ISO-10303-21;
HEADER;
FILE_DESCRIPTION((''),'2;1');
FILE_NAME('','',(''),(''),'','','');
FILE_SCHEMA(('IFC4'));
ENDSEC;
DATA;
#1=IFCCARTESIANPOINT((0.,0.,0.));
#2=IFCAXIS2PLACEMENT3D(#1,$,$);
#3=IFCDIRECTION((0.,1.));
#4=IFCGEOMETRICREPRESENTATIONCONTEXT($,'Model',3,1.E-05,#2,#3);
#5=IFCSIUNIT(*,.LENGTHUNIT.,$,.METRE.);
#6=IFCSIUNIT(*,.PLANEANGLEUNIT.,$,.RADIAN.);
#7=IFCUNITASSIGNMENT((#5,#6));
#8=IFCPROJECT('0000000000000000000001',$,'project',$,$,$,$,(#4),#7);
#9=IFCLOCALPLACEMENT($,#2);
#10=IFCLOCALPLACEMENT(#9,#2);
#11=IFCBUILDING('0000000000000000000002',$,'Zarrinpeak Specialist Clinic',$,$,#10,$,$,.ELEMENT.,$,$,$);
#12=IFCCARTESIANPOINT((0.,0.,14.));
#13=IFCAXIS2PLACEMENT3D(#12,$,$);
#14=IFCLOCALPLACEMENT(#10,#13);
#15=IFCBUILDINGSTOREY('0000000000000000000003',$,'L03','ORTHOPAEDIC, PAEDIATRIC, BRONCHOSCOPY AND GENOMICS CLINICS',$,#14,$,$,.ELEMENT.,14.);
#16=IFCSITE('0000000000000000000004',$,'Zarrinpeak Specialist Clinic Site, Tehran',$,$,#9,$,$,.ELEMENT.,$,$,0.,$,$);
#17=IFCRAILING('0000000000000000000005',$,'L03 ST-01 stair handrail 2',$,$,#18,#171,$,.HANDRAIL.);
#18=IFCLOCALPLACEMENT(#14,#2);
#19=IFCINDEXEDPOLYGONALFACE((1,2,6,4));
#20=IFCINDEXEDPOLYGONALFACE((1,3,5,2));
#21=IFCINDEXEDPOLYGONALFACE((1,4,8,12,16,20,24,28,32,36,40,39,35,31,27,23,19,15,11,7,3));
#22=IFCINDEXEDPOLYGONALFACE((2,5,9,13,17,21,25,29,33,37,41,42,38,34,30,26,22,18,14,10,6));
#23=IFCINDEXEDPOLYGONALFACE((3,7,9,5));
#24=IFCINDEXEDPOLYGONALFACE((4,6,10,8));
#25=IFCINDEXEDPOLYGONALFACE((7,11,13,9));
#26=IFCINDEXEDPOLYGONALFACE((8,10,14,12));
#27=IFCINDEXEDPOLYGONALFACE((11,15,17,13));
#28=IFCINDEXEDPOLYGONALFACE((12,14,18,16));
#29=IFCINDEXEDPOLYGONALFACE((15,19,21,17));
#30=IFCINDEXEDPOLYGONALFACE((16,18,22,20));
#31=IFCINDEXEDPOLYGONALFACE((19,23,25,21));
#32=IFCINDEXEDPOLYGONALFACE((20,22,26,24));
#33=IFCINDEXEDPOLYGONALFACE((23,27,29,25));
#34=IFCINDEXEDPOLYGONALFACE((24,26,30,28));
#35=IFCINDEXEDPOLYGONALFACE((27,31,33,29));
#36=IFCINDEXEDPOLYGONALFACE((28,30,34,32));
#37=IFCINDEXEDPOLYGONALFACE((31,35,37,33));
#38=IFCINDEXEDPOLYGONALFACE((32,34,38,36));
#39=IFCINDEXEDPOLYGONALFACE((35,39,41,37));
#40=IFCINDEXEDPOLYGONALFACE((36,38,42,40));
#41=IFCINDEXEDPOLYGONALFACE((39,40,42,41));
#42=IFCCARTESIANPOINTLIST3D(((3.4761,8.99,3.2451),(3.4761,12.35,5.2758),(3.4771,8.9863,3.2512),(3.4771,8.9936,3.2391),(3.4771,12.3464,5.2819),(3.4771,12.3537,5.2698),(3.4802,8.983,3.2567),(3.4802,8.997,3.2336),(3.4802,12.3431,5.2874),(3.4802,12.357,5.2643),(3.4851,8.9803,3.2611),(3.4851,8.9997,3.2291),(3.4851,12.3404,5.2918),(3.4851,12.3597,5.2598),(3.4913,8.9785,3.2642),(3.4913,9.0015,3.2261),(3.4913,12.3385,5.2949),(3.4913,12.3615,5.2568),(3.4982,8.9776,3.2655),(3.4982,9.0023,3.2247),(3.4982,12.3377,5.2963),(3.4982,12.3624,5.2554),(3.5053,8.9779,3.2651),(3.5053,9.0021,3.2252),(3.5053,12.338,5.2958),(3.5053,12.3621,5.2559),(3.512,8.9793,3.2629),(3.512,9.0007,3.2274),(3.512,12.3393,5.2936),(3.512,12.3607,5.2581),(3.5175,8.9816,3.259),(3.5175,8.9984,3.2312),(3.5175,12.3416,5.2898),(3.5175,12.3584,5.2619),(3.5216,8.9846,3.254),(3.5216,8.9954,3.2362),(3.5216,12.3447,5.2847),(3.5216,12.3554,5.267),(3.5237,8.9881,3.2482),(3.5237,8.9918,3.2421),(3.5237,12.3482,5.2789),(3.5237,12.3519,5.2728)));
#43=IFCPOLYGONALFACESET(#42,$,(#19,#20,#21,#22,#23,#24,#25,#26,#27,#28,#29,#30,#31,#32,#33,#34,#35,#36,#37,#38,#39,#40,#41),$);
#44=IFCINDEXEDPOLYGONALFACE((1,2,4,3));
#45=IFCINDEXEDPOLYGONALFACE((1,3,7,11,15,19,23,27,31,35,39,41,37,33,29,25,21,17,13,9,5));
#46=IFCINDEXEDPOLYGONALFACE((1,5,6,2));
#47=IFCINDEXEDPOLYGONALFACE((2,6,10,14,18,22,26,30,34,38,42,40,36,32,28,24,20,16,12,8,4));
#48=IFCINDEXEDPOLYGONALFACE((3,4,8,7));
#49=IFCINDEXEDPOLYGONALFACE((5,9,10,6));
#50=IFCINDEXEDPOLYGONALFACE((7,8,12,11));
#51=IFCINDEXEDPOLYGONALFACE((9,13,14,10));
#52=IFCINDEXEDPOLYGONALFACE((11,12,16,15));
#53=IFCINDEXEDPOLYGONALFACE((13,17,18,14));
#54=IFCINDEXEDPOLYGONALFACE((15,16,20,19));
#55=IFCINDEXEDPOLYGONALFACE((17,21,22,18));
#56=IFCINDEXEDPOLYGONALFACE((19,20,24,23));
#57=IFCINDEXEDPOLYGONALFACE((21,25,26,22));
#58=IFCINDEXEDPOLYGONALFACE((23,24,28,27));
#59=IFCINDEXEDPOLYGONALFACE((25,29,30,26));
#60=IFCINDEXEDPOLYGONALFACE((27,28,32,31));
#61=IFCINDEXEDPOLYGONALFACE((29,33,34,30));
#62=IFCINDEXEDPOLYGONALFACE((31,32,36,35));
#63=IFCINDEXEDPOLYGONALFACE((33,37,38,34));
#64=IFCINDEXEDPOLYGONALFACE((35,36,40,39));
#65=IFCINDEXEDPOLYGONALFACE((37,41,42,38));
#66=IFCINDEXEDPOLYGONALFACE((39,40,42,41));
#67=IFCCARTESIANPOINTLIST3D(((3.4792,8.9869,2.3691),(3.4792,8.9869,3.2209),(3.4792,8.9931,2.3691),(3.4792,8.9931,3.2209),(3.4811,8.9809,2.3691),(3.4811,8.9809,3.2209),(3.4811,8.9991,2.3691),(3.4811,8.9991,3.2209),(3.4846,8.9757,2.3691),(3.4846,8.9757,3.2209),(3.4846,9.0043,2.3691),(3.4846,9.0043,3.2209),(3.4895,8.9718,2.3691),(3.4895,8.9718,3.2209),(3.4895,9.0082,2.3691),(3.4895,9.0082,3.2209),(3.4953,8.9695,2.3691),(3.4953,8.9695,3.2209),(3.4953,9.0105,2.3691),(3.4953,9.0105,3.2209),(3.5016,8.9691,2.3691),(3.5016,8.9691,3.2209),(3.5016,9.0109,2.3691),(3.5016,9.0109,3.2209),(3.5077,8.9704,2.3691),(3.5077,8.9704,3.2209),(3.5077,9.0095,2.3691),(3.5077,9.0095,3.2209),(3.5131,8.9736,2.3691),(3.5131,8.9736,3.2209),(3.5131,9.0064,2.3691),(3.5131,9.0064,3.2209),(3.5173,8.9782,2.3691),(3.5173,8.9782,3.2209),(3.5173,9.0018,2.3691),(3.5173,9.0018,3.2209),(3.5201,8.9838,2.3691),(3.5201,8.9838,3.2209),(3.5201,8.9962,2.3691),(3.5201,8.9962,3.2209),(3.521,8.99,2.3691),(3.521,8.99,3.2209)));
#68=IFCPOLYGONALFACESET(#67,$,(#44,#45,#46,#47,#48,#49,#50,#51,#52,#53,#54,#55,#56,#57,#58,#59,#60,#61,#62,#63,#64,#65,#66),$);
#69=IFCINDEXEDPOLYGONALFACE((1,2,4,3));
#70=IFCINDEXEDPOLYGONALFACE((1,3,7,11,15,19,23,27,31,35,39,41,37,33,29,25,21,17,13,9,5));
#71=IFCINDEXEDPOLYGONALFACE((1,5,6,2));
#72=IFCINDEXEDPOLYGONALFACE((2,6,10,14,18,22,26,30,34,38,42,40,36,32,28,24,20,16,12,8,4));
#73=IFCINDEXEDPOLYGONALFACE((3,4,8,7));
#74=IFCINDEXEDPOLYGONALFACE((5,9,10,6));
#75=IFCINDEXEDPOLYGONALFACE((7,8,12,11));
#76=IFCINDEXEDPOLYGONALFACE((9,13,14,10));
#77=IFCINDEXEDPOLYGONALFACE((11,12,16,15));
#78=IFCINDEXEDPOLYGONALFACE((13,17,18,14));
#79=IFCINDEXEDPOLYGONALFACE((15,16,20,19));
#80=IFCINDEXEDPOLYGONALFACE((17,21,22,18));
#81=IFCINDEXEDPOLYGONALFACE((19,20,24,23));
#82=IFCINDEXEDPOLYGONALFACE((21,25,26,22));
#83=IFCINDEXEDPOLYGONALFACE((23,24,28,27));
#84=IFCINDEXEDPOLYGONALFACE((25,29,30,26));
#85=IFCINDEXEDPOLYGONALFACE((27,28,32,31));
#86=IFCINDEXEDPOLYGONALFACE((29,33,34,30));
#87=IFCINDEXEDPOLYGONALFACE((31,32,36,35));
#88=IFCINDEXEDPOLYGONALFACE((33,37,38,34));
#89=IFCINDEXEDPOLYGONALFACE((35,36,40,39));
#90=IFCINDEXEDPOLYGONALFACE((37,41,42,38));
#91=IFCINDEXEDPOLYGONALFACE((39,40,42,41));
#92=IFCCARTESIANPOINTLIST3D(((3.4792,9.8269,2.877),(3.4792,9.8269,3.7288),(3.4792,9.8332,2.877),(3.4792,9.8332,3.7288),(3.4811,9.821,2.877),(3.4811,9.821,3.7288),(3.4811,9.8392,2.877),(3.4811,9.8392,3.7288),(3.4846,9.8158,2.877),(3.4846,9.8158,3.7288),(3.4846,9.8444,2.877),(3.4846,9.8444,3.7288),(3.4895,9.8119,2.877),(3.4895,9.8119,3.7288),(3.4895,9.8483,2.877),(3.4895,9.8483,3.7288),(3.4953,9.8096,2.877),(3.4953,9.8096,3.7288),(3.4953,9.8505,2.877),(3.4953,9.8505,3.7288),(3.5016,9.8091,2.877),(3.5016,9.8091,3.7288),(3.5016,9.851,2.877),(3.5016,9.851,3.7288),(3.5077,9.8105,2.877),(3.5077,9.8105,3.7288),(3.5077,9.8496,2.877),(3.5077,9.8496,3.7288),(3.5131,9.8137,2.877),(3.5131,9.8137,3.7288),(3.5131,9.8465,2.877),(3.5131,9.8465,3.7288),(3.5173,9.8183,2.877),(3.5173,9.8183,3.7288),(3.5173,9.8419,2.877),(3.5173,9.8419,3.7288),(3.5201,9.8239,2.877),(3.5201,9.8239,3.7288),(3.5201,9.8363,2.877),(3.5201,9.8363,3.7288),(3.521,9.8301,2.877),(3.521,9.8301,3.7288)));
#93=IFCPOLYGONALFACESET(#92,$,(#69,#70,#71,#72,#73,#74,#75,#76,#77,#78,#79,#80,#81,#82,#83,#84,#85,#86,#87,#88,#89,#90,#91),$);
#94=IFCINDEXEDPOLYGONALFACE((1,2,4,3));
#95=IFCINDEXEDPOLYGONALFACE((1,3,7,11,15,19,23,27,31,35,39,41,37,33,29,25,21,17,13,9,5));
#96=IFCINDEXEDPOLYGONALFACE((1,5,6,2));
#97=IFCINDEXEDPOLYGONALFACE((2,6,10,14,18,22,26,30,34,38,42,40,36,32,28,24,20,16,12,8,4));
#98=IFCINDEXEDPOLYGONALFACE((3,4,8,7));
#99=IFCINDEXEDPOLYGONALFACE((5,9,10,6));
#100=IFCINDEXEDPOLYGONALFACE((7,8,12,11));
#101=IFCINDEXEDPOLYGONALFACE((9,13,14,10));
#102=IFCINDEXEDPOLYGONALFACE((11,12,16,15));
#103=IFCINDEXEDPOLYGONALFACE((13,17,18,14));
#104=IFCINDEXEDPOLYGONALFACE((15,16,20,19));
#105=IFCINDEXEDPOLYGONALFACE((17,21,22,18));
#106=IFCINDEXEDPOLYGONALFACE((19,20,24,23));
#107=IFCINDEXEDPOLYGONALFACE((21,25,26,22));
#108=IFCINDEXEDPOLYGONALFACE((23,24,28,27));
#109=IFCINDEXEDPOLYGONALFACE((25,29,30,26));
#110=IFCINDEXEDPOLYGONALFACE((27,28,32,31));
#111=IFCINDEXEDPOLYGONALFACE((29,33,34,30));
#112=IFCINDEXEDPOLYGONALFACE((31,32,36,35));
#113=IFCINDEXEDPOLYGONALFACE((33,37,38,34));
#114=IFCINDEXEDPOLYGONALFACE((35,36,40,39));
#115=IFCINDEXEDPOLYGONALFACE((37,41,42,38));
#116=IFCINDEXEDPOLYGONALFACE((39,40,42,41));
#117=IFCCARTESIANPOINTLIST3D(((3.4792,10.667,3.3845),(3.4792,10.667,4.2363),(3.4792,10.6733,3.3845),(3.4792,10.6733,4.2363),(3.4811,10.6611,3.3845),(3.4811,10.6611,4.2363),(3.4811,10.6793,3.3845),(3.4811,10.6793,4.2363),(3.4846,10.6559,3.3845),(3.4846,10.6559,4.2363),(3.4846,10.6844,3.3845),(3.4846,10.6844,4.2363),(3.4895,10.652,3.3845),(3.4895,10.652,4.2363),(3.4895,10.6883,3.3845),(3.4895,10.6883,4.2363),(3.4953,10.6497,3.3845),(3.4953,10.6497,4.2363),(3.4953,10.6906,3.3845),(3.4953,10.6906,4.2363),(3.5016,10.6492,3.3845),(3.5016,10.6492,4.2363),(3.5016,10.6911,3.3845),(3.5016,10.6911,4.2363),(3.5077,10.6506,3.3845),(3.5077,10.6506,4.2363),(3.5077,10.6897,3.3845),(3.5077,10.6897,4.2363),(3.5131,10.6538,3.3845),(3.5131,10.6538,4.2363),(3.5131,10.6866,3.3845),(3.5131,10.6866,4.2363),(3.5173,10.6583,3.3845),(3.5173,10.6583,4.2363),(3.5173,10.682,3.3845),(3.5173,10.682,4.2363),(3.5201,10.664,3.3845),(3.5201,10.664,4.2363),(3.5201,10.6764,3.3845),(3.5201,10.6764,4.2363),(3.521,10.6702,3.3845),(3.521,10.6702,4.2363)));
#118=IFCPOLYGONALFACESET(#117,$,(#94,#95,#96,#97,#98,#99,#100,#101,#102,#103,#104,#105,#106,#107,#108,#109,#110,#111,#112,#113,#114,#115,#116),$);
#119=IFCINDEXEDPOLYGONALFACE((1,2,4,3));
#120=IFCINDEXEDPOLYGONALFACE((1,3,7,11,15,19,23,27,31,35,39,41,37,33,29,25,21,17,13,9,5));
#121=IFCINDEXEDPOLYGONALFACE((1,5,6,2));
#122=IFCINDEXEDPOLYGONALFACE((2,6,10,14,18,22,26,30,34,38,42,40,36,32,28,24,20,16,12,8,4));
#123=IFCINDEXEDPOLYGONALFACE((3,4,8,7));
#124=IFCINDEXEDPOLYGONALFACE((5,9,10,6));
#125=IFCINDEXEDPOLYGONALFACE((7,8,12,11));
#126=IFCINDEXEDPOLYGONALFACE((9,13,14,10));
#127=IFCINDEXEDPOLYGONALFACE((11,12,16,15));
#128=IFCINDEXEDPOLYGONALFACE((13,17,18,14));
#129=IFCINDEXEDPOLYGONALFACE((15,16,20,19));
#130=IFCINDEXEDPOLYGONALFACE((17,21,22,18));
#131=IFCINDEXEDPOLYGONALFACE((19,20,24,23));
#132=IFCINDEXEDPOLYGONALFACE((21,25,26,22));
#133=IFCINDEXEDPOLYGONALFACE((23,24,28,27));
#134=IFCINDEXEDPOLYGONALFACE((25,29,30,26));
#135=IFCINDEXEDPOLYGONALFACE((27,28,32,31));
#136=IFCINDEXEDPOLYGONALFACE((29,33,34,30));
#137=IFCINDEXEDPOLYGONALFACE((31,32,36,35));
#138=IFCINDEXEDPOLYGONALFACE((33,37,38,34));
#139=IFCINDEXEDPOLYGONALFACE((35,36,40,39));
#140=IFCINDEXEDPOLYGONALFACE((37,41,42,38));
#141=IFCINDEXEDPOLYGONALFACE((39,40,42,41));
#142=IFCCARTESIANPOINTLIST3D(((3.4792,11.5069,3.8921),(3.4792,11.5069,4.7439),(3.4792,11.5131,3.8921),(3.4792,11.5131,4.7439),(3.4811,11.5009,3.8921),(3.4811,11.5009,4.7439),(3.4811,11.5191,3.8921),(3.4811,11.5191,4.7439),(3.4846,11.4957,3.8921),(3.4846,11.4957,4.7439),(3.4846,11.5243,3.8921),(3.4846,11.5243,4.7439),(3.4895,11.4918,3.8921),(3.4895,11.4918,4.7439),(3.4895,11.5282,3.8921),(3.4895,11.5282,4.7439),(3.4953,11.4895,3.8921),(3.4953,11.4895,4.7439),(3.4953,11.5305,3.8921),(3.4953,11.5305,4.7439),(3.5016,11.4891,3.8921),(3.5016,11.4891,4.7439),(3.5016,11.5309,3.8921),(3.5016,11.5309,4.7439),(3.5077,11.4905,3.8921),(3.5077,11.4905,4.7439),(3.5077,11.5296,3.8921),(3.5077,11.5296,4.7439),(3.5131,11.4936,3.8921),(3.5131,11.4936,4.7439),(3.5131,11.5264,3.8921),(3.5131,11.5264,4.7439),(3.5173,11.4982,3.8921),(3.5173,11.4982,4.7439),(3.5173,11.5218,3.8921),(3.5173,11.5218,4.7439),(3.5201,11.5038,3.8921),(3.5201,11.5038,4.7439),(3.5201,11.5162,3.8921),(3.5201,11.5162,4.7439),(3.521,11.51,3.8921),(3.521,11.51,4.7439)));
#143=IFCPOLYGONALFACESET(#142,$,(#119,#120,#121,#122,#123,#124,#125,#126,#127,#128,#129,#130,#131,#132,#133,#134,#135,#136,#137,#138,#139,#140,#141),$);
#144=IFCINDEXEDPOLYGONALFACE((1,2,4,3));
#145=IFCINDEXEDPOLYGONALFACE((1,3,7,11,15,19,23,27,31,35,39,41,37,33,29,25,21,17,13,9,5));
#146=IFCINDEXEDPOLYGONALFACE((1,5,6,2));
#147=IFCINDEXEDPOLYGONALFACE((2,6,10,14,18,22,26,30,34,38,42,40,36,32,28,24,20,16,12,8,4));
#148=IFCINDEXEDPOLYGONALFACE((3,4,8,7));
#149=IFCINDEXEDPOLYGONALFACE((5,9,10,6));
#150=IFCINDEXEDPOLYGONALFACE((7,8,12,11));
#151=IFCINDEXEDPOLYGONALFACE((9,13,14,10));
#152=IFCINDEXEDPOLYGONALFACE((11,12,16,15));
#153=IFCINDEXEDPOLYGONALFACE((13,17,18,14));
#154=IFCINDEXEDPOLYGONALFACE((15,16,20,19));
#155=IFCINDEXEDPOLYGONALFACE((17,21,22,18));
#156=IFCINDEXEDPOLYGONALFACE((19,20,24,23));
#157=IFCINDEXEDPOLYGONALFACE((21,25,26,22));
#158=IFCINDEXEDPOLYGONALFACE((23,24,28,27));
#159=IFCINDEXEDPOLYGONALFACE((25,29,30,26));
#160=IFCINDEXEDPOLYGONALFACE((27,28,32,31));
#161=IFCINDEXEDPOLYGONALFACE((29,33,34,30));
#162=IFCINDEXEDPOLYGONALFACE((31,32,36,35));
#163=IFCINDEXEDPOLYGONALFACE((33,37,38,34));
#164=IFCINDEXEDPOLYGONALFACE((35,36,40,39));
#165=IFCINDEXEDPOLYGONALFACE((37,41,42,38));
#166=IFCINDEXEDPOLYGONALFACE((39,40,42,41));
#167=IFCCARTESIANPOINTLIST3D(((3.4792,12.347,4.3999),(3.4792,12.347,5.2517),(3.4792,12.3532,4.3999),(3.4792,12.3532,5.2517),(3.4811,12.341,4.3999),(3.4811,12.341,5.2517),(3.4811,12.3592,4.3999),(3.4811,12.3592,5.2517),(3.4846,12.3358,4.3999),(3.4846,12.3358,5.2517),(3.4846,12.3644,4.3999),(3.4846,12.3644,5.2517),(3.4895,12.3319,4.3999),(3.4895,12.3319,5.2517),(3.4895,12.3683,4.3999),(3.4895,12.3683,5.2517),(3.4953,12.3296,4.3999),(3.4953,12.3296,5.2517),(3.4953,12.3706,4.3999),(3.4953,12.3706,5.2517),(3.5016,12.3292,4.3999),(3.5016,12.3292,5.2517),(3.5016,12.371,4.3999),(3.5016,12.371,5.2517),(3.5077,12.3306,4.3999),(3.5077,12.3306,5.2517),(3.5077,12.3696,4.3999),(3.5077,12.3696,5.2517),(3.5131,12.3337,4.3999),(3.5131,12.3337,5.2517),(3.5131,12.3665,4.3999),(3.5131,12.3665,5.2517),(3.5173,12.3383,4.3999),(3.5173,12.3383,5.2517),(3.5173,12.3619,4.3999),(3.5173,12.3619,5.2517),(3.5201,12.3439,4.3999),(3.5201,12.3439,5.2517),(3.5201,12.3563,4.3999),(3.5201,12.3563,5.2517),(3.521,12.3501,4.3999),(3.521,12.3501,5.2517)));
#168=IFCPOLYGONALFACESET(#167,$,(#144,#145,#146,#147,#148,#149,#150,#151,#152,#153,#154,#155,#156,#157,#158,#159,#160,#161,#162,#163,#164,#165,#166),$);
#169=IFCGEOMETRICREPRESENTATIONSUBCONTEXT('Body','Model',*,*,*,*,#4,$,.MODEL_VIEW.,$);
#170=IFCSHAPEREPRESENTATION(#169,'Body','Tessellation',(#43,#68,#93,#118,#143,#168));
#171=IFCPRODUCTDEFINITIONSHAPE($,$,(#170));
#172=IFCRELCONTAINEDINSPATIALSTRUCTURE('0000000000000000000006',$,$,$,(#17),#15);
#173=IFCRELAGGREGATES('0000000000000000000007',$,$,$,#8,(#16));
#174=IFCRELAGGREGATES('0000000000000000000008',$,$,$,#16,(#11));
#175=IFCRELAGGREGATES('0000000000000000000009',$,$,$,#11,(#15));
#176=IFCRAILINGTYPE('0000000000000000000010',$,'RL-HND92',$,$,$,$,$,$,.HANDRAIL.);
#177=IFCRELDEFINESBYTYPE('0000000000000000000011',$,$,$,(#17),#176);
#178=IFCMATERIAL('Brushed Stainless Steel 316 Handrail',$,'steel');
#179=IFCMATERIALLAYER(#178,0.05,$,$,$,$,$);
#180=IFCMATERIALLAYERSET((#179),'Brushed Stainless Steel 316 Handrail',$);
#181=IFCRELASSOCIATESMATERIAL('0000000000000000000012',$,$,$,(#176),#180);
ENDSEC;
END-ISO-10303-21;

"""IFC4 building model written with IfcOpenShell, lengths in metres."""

from ifc_helpers import new_model, si_unit, direction, frame, origin, origin_2d, place, context, subcontext, project, spatial, circle, extrude, material, layer, layer_set, type_object, element, save


model = new_model("IFC4")

# Units and contexts
model_context = context("Model", 3, precision=1e-05, world=origin(), true_north=direction((0.0, 1.0)))
body_context = subcontext(model_context, "Body", "Model", "MODEL_VIEW")
ifc_project = project(units=[si_unit("LENGTHUNIT", "METRE"), si_unit("PLANEANGLEUNIT", "RADIAN")], contexts=[model_context])

# Site, building, storey
site_placement = place(None, origin())
site = spatial("IfcSite", under=ifc_project, at=site_placement, Name="Zarrinpeak Specialist Clinic Site, Tehran", CompositionType="ELEMENT", RefElevation=0.0)
building_placement = place(site_placement, origin())
building = spatial("IfcBuilding", under=site, at=building_placement, Name="Zarrinpeak Specialist Clinic", CompositionType="ELEMENT")
storey_placement = place(building_placement, frame((0.0, 0.0, 14.0)))
storey = spatial("IfcBuildingStorey", under=building, at=storey_placement, Name="L03", Description="ORTHOPAEDIC, PAEDIATRIC, BRONCHOSCOPY AND GENOMICS CLINICS", CompositionType="ELEMENT", Elevation=14.0)

# Railing
ifc_material_1 = material(Name="Brushed Stainless Steel 316 Handrail", Category="steel")
ifc_layer_1 = layer(ifc_material_1, 0.05)
ifc_layer_set_1 = layer_set([ifc_layer_1], Name="Brushed Stainless Steel 316 Handrail")
railing_type_1 = type_object("IfcRailingType", Name="RL-HND92", PredefinedType="HANDRAIL", material=ifc_layer_set_1)
railing_1_placement = place(storey_placement, frame((3.5, 8.99, 2.3691)))
element("IfcRailing", 1, at=railing_1_placement, inside=storey, type_object=railing_type_1, Name="L03 ST-01 stair handrail 2", PredefinedType="HANDRAIL", context=body_context, shape_type="SweptSolid", body=[
    extrude(circle(Radius=0.0239, at=origin_2d()), frame((0.0, 0.0, 0.876), z_axis=(0.0, 0.855837, 0.517246), x_axis=(-1.0, 0.0, 0.0)), (0.0, 0.0, 1.0), 3.926),
    extrude(circle(Radius=0.021, at=origin_2d()), origin(), (0.0, 0.0, 1.0), 0.8518),
    extrude(circle(Radius=0.021, at=origin_2d()), frame((0.0, 0.8401, 0.5078)), (0.0, 0.0, 1.0), 0.8518),
    extrude(circle(Radius=0.021, at=origin_2d()), frame((0.0, 1.6802, 1.0154)), (0.0, 0.0, 1.0), 0.8518),
    extrude(circle(Radius=0.021, at=origin_2d()), frame((0.0, 2.52, 1.5229)), (0.0, 0.0, 1.0), 0.8518),
    extrude(circle(Radius=0.021, at=origin_2d()), frame((0.0, 3.3601, 2.0308)), (0.0, 0.0, 1.0), 0.8518),
])

save(model, "model.ifc")
